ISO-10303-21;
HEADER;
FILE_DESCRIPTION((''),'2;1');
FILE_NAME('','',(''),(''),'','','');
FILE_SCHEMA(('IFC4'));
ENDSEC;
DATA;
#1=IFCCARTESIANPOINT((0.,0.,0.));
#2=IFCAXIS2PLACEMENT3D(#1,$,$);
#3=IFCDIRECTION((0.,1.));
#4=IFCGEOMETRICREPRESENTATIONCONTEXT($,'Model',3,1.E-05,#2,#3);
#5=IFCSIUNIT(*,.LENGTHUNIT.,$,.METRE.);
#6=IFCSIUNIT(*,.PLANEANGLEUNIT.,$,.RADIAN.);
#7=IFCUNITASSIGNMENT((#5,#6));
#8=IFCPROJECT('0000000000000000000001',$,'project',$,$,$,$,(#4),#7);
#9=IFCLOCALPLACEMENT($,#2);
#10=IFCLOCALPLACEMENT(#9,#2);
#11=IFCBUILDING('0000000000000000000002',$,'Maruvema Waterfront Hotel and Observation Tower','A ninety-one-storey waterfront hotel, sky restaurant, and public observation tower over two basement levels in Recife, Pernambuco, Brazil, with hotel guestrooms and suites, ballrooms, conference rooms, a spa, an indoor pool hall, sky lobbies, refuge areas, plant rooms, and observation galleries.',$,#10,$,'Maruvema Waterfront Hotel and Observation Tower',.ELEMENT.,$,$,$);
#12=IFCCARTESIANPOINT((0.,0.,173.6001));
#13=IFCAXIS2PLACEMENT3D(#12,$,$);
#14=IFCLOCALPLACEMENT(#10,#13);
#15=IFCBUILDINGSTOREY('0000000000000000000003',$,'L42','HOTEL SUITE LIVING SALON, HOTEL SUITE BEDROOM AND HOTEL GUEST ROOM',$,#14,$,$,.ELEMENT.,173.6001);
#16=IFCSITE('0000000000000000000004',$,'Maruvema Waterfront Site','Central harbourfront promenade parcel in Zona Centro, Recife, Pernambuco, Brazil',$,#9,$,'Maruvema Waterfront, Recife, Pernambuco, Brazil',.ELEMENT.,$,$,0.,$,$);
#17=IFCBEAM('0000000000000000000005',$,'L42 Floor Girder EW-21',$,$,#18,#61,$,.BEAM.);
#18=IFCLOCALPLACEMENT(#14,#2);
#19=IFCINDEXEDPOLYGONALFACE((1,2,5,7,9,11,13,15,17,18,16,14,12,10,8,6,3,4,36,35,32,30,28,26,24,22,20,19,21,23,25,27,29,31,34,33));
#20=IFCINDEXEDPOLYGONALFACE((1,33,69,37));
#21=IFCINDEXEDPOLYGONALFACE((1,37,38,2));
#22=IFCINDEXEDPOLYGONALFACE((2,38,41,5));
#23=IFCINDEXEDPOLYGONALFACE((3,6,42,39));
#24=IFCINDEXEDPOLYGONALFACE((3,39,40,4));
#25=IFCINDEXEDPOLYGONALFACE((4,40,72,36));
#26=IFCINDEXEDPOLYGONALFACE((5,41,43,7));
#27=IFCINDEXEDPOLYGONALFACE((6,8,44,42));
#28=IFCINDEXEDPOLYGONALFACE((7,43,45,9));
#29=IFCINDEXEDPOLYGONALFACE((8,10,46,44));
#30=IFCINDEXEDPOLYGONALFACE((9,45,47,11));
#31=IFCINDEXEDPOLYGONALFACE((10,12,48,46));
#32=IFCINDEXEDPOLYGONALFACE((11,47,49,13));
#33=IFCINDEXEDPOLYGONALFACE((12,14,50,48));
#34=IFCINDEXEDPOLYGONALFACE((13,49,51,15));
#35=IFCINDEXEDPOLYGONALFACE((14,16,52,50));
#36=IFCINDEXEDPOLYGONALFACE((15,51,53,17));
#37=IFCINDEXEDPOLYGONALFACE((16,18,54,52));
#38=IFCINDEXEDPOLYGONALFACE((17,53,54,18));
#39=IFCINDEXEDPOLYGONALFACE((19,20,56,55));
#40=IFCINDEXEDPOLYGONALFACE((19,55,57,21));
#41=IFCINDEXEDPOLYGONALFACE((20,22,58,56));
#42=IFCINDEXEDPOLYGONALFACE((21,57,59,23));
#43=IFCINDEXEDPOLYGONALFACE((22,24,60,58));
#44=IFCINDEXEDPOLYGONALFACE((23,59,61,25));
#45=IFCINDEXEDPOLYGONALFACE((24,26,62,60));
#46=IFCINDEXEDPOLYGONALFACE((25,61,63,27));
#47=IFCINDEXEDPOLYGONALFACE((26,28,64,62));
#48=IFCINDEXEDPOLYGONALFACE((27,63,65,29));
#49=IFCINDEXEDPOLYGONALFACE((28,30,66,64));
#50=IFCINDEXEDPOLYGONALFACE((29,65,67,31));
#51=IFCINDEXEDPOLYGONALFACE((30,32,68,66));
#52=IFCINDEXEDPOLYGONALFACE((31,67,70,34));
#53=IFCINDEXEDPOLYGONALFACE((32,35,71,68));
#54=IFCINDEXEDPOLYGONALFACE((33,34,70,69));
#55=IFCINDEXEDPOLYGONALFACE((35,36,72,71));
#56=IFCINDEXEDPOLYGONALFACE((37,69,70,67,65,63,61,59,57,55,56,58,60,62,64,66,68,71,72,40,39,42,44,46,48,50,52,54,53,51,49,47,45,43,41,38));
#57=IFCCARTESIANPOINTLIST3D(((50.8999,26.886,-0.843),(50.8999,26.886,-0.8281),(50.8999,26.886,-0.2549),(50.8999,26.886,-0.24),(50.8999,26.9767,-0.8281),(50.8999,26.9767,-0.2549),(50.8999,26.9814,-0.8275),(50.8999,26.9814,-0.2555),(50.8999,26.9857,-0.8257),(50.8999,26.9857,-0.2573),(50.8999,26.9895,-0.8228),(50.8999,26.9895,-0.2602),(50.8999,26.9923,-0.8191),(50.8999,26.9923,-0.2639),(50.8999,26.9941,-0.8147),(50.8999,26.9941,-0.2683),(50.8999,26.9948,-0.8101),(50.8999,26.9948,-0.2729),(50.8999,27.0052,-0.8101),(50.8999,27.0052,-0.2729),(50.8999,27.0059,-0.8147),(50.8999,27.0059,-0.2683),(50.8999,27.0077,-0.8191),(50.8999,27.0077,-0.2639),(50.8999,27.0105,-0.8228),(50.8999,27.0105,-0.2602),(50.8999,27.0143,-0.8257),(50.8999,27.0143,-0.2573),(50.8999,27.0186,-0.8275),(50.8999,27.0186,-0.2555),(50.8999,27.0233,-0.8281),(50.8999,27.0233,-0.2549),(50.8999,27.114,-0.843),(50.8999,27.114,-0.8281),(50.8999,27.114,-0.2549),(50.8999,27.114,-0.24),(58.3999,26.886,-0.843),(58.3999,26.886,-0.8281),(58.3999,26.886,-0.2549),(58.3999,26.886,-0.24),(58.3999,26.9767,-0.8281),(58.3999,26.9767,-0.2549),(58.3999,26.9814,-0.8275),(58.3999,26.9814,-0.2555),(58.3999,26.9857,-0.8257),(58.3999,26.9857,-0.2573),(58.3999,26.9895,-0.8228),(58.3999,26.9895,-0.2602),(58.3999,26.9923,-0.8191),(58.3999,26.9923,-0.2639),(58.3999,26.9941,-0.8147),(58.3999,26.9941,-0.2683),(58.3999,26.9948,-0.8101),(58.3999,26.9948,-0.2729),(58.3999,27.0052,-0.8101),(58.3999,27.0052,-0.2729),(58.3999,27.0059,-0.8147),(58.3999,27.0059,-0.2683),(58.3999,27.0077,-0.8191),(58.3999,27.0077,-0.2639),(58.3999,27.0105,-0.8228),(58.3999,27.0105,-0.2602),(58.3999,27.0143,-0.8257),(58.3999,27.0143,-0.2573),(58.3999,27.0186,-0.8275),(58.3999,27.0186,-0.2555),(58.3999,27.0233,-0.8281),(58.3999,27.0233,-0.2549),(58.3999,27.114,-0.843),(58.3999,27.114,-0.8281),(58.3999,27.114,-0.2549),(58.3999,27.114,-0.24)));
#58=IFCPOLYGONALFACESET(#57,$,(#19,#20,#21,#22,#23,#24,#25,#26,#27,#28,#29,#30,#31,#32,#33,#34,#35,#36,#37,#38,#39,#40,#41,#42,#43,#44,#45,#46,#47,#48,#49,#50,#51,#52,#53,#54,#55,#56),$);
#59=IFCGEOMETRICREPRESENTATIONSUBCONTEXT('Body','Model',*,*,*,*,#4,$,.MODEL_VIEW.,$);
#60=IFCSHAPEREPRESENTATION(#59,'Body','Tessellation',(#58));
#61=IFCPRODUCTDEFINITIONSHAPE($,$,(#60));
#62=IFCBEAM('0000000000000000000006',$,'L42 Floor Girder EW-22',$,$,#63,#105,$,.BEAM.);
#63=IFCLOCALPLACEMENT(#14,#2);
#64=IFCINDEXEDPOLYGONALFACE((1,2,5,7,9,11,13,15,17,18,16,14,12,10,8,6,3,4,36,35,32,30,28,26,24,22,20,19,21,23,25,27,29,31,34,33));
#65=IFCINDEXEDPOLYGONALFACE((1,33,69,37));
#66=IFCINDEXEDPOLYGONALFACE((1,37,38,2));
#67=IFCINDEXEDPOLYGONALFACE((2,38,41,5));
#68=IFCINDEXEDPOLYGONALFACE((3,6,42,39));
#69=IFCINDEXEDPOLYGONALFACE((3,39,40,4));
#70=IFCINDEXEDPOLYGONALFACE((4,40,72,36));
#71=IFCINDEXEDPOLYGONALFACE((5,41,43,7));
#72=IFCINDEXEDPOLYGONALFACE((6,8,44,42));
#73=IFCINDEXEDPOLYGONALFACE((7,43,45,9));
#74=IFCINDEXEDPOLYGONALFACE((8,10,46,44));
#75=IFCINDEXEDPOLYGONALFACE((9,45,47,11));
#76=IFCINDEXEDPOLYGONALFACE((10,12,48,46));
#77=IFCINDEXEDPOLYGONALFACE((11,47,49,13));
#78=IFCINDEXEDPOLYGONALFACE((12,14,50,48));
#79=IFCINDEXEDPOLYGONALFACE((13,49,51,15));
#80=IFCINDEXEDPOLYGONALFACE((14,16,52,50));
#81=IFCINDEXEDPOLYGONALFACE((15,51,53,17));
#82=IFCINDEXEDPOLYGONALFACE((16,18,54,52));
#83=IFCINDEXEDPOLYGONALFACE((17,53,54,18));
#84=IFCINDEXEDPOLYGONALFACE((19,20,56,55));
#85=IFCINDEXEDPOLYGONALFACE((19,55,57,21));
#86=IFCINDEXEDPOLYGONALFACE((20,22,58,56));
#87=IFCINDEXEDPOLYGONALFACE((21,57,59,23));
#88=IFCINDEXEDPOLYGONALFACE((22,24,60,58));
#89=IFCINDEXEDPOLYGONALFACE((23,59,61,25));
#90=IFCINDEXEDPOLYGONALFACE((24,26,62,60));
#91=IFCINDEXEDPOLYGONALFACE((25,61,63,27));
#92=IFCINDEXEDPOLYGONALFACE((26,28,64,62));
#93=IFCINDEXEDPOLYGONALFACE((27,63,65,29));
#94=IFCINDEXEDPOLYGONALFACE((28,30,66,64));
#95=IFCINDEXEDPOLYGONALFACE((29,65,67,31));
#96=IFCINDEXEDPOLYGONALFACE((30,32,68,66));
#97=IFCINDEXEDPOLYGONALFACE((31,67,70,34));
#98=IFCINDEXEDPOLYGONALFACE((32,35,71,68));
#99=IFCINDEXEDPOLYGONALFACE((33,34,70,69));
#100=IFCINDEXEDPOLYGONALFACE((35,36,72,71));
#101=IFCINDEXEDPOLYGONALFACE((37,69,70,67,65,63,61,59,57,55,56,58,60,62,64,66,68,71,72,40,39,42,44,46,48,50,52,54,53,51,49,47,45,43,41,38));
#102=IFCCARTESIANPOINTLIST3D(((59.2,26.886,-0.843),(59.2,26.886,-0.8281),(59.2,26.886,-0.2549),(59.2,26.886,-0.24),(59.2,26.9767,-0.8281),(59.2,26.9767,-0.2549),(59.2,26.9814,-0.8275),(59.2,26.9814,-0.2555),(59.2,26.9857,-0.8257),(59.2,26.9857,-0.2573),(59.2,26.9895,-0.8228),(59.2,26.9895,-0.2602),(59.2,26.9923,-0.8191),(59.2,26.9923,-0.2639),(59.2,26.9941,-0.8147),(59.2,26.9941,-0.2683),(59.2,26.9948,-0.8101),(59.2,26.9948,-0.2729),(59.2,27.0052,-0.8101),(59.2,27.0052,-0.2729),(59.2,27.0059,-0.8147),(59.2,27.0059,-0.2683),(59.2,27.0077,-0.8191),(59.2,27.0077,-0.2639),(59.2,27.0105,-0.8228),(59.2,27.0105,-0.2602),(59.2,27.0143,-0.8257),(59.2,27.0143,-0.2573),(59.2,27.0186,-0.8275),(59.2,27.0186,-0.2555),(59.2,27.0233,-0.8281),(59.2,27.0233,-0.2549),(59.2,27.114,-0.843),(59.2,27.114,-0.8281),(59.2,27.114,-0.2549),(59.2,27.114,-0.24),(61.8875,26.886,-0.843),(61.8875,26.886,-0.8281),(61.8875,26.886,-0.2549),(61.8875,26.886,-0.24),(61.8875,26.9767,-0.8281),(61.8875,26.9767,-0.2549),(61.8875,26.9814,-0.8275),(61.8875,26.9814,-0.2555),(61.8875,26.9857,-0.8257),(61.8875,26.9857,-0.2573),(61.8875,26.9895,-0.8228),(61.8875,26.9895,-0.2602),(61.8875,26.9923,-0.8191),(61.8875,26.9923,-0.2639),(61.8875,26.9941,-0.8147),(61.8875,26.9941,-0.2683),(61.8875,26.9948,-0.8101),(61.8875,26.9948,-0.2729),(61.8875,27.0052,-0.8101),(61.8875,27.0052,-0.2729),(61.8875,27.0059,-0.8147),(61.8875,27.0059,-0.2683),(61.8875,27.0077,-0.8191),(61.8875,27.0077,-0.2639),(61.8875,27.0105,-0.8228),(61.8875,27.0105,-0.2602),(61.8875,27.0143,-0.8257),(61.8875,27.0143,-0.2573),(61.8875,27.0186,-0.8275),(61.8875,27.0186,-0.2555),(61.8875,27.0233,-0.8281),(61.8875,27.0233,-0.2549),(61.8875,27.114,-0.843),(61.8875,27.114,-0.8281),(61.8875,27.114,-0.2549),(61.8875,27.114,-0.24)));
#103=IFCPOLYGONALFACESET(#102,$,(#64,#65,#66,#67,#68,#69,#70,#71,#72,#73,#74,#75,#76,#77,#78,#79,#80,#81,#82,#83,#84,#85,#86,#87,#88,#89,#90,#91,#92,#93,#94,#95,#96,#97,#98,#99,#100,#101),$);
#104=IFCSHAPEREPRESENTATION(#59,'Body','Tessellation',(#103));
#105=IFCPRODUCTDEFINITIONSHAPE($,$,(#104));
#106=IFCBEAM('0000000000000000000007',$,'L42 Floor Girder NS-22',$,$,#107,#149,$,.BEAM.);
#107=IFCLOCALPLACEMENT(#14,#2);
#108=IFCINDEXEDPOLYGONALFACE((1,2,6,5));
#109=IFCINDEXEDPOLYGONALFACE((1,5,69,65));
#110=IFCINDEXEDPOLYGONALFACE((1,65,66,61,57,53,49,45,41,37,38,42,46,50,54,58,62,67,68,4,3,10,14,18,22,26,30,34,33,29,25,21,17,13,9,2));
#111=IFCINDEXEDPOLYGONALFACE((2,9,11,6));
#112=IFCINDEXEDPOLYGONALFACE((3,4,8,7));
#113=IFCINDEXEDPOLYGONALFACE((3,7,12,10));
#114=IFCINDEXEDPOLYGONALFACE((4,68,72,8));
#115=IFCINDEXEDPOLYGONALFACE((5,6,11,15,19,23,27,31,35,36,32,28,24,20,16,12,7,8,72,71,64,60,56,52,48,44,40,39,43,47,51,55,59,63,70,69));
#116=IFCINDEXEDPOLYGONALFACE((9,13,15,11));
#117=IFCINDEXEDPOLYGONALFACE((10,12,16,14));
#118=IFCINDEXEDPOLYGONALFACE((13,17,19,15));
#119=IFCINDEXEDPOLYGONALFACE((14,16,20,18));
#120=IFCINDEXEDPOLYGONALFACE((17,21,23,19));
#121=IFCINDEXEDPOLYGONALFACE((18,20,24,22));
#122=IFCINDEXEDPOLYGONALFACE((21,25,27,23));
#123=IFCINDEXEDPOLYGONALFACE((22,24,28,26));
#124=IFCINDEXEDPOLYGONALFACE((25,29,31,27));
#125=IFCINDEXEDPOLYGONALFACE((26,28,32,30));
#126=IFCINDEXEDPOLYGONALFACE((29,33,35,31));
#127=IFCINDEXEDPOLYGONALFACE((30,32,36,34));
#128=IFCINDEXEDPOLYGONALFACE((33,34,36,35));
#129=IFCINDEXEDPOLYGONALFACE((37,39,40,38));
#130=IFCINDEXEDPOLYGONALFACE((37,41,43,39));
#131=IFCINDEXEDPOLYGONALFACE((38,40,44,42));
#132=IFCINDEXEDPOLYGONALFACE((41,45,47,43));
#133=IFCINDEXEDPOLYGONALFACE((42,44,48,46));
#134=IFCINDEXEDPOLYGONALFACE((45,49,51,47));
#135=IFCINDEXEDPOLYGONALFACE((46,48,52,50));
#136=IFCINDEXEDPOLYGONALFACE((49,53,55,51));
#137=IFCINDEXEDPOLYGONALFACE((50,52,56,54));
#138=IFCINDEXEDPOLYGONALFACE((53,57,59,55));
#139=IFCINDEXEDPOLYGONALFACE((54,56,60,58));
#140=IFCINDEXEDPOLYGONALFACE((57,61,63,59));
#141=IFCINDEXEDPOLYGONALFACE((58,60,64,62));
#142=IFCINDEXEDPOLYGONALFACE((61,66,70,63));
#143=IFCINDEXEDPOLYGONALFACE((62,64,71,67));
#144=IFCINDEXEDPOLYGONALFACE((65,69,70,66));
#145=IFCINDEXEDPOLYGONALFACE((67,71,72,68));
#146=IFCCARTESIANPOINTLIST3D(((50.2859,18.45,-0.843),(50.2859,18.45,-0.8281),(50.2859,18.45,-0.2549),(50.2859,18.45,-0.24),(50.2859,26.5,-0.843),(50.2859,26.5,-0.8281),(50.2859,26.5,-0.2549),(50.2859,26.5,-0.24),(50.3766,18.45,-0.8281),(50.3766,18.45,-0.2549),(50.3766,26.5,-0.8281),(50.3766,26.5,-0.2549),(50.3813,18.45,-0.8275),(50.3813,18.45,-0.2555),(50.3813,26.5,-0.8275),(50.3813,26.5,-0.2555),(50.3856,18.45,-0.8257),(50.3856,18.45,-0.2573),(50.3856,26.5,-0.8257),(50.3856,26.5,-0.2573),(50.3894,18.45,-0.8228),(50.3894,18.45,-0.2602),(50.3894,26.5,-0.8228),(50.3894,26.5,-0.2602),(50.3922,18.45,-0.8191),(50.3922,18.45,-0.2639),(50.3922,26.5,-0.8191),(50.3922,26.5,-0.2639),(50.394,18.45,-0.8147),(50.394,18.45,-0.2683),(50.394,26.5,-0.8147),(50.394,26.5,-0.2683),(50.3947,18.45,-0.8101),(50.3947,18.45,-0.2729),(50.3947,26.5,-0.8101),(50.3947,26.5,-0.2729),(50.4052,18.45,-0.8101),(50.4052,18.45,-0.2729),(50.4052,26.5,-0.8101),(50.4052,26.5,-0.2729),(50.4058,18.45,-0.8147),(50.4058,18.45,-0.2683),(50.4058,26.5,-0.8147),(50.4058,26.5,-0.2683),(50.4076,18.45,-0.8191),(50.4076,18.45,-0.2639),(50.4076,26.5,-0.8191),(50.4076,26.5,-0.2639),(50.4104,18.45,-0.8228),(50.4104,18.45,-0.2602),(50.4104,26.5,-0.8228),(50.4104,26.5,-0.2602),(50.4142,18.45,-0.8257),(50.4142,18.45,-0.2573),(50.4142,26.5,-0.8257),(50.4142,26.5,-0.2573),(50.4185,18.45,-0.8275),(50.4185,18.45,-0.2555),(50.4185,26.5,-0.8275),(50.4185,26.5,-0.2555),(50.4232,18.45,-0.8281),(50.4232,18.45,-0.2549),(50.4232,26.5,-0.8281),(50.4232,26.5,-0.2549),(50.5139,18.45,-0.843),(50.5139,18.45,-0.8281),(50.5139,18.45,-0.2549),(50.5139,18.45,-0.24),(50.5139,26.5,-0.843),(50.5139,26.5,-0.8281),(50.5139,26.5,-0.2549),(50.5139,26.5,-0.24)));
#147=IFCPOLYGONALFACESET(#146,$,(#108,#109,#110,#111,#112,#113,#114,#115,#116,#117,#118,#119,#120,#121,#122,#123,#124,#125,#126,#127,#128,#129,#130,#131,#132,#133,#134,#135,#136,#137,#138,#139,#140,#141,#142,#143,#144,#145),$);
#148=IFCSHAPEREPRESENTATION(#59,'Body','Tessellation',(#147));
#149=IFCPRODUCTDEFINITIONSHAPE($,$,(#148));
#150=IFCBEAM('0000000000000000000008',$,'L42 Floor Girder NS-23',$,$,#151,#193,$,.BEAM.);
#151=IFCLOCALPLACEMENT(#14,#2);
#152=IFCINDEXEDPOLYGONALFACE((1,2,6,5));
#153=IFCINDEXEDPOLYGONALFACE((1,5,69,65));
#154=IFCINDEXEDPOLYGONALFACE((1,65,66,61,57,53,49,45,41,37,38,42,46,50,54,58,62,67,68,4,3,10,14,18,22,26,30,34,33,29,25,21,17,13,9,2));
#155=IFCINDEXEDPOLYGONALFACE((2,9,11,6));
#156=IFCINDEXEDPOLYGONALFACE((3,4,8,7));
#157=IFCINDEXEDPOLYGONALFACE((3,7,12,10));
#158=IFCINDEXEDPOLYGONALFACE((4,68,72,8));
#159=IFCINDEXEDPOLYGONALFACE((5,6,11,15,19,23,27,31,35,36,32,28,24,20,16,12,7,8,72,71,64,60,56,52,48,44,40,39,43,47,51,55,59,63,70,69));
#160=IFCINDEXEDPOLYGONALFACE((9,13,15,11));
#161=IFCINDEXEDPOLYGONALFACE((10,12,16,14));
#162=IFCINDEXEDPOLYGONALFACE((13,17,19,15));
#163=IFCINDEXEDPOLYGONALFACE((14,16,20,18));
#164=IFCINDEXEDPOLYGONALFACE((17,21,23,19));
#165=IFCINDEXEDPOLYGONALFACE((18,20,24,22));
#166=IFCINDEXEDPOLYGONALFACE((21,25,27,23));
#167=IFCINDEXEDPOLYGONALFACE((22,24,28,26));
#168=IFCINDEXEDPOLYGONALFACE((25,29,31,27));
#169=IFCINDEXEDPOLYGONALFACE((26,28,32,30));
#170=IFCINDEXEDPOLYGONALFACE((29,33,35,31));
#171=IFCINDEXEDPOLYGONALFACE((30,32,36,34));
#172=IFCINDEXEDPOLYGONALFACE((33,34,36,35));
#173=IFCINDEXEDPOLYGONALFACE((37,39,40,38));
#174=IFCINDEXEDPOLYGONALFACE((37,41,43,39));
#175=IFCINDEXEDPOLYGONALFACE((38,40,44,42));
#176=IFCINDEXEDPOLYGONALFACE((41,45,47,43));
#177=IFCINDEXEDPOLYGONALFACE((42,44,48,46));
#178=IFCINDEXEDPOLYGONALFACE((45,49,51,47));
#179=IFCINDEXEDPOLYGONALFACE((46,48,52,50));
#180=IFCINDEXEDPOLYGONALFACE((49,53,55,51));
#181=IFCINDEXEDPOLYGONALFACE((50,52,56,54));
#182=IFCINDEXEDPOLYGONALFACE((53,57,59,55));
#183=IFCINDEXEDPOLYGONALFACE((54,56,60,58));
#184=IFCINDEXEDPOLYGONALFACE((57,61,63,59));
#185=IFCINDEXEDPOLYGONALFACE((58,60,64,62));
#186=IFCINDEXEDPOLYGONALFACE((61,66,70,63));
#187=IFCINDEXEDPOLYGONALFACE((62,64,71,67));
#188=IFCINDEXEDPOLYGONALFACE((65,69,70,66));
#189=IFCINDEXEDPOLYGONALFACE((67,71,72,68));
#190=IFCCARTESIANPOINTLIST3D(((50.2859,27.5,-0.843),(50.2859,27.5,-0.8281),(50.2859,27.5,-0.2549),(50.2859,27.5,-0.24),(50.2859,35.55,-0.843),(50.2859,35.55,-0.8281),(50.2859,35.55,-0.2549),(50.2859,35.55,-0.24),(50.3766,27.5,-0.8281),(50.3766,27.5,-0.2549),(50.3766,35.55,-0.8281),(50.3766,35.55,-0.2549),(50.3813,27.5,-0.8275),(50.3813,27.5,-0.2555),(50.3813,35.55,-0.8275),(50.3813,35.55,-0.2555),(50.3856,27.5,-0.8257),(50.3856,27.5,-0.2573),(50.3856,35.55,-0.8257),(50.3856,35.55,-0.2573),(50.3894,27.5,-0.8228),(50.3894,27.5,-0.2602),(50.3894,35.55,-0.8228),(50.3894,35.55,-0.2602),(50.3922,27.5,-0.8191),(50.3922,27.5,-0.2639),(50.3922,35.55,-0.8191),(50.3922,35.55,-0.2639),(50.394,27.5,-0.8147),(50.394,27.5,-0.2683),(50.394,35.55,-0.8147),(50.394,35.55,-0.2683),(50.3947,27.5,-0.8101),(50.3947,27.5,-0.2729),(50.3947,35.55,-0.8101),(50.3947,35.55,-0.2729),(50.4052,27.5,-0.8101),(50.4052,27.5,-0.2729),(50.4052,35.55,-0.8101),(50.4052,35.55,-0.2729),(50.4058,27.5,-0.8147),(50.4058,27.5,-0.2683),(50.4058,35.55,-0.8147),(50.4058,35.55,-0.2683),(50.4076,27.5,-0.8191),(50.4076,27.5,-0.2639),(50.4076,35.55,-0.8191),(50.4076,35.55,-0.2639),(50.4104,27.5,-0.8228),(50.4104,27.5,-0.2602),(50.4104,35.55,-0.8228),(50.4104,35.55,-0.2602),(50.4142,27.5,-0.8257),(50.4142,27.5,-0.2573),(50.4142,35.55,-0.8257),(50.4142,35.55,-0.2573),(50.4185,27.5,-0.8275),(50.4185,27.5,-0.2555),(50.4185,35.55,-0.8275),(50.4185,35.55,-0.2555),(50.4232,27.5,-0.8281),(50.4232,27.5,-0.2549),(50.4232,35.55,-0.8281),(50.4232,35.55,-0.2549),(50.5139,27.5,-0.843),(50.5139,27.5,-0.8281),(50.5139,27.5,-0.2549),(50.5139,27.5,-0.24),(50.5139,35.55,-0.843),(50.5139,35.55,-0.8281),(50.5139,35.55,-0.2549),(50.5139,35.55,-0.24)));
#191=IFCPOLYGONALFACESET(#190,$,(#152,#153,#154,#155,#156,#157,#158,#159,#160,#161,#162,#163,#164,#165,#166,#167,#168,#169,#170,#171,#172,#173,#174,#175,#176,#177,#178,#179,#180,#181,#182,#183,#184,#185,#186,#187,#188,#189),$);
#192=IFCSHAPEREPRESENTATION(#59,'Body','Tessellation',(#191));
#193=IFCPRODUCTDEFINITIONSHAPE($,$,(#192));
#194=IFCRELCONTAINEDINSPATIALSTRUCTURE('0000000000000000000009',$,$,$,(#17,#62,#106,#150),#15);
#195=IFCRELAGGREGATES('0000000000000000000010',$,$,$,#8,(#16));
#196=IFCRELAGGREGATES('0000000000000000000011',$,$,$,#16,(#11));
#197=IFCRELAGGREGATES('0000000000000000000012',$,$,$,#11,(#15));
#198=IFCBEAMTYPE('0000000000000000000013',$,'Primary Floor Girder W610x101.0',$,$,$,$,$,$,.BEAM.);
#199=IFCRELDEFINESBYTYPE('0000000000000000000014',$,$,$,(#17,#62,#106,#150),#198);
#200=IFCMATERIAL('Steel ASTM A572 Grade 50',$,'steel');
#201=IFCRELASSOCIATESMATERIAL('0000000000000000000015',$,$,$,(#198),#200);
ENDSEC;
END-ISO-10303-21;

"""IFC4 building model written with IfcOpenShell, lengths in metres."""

from ifc_helpers import new_model, si_unit, direction, frame, origin, origin_2d, place, context, subcontext, project, spatial, i_section, extrude, material, material_profile, profile_set, type_object, element, save


model = new_model("IFC4")

# Units and contexts
model_context = context("Model", 3, precision=1e-05, world=origin(), true_north=direction((0.0, 1.0)))
body_context = subcontext(model_context, "Body", "Model", "MODEL_VIEW")
ifc_project = project(units=[si_unit("LENGTHUNIT", "METRE"), si_unit("PLANEANGLEUNIT", "RADIAN")], contexts=[model_context])

# Site, building, storey
site_placement = place(None, origin())
site = spatial("IfcSite", under=ifc_project, at=site_placement, Name="Maruvema Waterfront Site", Description="Central harbourfront promenade parcel in Zona Centro, Recife, Pernambuco, Brazil", LongName="Maruvema Waterfront, Recife, Pernambuco, Brazil", CompositionType="ELEMENT", RefElevation=0.0)
building_placement = place(site_placement, origin())
building = spatial("IfcBuilding", under=site, at=building_placement, Name="Maruvema Waterfront Hotel and Observation Tower", Description="A ninety-one-storey waterfront hotel, sky restaurant, and public observation tower over two basement levels in Recife, Pernambuco, Brazil, with hotel guestrooms and suites, ballrooms, conference rooms, a spa, an indoor pool hall, sky lobbies, refuge areas, plant rooms, and observation galleries.", LongName="Maruvema Waterfront Hotel and Observation Tower", CompositionType="ELEMENT")
storey_placement = place(building_placement, frame((0.0, 0.0, 173.6001)))
storey = spatial("IfcBuildingStorey", under=building, at=storey_placement, Name="L42", Description="HOTEL SUITE LIVING SALON, HOTEL SUITE BEDROOM AND HOTEL GUEST ROOM", CompositionType="ELEMENT", Elevation=173.6001)

# Beams
ifc_material_1 = material(Name="Steel ASTM A572 Grade 50", Category="steel")
ifc_material_profile_1 = material_profile(ifc_material_1, i_section(OverallWidth=0.228, OverallDepth=0.603, WebThickness=0.0105, FlangeThickness=0.0149, FilletRadius=0.0181, at=origin_2d()), Name="W610x101.0")
ifc_profile_set_1 = profile_set([ifc_material_profile_1], Name="Steel ASTM A572 Grade 50")
beam_type_1 = type_object("IfcBeamType", Name="Primary Floor Girder W610x101.0", PredefinedType="BEAM", material=ifc_profile_set_1)
beam_1_placement = place(storey_placement, frame((50.8999, 27.0, -0.5415), z_axis=(1.0, 0.0, 0.0), x_axis=(0.0, 1.0, 0.0)))
element("IfcBeam", 1, at=beam_1_placement, inside=storey, type_object=beam_type_1, Name="L42 Floor Girder EW-21", PredefinedType="BEAM", context=body_context, shape_type="SweptSolid", body=[
    extrude(i_section(OverallWidth=0.228, OverallDepth=0.603, WebThickness=0.0105, FlangeThickness=0.0149, FilletRadius=0.0181, at=origin_2d()), origin(), (0.0, 0.0, 1.0), 7.5),
])
beam_2_placement = place(storey_placement, frame((59.2, 27.0, -0.5415), z_axis=(1.0, 0.0, 0.0), x_axis=(0.0, 1.0, 0.0)))
element("IfcBeam", 2, at=beam_2_placement, inside=storey, type_object=beam_type_1, Name="L42 Floor Girder EW-22", PredefinedType="BEAM", context=body_context, shape_type="SweptSolid", body=[
    extrude(i_section(OverallWidth=0.228, OverallDepth=0.603, WebThickness=0.0105, FlangeThickness=0.0149, FilletRadius=0.0181, at=origin_2d()), origin(), (0.0, 0.0, 1.0), 2.6875),
])
for number, where, z_axis, x_axis, name in (
    (3, (50.3999, 18.45, -0.5415), (0.0, 1.0, 0.0), (-1.0, 0.0, 0.0), "L42 Floor Girder NS-22"),
    (4, (50.3999, 27.5, -0.5415), (0.0, 1.0, 0.0), (-1.0, 0.0, 0.0), "L42 Floor Girder NS-23"),
):
    element("IfcBeam", number, at=place(storey_placement, frame(where, z_axis=z_axis, x_axis=x_axis)), inside=storey, type_object=beam_type_1, Name=name, PredefinedType="BEAM", context=body_context, shape_type="SweptSolid", body=[
        extrude(i_section(OverallWidth=0.228, OverallDepth=0.603, WebThickness=0.0105, FlangeThickness=0.0149, FilletRadius=0.0181, at=origin_2d()), origin(), (0.0, 0.0, 1.0), 8.05),
    ])

save(model, "model.ifc")
